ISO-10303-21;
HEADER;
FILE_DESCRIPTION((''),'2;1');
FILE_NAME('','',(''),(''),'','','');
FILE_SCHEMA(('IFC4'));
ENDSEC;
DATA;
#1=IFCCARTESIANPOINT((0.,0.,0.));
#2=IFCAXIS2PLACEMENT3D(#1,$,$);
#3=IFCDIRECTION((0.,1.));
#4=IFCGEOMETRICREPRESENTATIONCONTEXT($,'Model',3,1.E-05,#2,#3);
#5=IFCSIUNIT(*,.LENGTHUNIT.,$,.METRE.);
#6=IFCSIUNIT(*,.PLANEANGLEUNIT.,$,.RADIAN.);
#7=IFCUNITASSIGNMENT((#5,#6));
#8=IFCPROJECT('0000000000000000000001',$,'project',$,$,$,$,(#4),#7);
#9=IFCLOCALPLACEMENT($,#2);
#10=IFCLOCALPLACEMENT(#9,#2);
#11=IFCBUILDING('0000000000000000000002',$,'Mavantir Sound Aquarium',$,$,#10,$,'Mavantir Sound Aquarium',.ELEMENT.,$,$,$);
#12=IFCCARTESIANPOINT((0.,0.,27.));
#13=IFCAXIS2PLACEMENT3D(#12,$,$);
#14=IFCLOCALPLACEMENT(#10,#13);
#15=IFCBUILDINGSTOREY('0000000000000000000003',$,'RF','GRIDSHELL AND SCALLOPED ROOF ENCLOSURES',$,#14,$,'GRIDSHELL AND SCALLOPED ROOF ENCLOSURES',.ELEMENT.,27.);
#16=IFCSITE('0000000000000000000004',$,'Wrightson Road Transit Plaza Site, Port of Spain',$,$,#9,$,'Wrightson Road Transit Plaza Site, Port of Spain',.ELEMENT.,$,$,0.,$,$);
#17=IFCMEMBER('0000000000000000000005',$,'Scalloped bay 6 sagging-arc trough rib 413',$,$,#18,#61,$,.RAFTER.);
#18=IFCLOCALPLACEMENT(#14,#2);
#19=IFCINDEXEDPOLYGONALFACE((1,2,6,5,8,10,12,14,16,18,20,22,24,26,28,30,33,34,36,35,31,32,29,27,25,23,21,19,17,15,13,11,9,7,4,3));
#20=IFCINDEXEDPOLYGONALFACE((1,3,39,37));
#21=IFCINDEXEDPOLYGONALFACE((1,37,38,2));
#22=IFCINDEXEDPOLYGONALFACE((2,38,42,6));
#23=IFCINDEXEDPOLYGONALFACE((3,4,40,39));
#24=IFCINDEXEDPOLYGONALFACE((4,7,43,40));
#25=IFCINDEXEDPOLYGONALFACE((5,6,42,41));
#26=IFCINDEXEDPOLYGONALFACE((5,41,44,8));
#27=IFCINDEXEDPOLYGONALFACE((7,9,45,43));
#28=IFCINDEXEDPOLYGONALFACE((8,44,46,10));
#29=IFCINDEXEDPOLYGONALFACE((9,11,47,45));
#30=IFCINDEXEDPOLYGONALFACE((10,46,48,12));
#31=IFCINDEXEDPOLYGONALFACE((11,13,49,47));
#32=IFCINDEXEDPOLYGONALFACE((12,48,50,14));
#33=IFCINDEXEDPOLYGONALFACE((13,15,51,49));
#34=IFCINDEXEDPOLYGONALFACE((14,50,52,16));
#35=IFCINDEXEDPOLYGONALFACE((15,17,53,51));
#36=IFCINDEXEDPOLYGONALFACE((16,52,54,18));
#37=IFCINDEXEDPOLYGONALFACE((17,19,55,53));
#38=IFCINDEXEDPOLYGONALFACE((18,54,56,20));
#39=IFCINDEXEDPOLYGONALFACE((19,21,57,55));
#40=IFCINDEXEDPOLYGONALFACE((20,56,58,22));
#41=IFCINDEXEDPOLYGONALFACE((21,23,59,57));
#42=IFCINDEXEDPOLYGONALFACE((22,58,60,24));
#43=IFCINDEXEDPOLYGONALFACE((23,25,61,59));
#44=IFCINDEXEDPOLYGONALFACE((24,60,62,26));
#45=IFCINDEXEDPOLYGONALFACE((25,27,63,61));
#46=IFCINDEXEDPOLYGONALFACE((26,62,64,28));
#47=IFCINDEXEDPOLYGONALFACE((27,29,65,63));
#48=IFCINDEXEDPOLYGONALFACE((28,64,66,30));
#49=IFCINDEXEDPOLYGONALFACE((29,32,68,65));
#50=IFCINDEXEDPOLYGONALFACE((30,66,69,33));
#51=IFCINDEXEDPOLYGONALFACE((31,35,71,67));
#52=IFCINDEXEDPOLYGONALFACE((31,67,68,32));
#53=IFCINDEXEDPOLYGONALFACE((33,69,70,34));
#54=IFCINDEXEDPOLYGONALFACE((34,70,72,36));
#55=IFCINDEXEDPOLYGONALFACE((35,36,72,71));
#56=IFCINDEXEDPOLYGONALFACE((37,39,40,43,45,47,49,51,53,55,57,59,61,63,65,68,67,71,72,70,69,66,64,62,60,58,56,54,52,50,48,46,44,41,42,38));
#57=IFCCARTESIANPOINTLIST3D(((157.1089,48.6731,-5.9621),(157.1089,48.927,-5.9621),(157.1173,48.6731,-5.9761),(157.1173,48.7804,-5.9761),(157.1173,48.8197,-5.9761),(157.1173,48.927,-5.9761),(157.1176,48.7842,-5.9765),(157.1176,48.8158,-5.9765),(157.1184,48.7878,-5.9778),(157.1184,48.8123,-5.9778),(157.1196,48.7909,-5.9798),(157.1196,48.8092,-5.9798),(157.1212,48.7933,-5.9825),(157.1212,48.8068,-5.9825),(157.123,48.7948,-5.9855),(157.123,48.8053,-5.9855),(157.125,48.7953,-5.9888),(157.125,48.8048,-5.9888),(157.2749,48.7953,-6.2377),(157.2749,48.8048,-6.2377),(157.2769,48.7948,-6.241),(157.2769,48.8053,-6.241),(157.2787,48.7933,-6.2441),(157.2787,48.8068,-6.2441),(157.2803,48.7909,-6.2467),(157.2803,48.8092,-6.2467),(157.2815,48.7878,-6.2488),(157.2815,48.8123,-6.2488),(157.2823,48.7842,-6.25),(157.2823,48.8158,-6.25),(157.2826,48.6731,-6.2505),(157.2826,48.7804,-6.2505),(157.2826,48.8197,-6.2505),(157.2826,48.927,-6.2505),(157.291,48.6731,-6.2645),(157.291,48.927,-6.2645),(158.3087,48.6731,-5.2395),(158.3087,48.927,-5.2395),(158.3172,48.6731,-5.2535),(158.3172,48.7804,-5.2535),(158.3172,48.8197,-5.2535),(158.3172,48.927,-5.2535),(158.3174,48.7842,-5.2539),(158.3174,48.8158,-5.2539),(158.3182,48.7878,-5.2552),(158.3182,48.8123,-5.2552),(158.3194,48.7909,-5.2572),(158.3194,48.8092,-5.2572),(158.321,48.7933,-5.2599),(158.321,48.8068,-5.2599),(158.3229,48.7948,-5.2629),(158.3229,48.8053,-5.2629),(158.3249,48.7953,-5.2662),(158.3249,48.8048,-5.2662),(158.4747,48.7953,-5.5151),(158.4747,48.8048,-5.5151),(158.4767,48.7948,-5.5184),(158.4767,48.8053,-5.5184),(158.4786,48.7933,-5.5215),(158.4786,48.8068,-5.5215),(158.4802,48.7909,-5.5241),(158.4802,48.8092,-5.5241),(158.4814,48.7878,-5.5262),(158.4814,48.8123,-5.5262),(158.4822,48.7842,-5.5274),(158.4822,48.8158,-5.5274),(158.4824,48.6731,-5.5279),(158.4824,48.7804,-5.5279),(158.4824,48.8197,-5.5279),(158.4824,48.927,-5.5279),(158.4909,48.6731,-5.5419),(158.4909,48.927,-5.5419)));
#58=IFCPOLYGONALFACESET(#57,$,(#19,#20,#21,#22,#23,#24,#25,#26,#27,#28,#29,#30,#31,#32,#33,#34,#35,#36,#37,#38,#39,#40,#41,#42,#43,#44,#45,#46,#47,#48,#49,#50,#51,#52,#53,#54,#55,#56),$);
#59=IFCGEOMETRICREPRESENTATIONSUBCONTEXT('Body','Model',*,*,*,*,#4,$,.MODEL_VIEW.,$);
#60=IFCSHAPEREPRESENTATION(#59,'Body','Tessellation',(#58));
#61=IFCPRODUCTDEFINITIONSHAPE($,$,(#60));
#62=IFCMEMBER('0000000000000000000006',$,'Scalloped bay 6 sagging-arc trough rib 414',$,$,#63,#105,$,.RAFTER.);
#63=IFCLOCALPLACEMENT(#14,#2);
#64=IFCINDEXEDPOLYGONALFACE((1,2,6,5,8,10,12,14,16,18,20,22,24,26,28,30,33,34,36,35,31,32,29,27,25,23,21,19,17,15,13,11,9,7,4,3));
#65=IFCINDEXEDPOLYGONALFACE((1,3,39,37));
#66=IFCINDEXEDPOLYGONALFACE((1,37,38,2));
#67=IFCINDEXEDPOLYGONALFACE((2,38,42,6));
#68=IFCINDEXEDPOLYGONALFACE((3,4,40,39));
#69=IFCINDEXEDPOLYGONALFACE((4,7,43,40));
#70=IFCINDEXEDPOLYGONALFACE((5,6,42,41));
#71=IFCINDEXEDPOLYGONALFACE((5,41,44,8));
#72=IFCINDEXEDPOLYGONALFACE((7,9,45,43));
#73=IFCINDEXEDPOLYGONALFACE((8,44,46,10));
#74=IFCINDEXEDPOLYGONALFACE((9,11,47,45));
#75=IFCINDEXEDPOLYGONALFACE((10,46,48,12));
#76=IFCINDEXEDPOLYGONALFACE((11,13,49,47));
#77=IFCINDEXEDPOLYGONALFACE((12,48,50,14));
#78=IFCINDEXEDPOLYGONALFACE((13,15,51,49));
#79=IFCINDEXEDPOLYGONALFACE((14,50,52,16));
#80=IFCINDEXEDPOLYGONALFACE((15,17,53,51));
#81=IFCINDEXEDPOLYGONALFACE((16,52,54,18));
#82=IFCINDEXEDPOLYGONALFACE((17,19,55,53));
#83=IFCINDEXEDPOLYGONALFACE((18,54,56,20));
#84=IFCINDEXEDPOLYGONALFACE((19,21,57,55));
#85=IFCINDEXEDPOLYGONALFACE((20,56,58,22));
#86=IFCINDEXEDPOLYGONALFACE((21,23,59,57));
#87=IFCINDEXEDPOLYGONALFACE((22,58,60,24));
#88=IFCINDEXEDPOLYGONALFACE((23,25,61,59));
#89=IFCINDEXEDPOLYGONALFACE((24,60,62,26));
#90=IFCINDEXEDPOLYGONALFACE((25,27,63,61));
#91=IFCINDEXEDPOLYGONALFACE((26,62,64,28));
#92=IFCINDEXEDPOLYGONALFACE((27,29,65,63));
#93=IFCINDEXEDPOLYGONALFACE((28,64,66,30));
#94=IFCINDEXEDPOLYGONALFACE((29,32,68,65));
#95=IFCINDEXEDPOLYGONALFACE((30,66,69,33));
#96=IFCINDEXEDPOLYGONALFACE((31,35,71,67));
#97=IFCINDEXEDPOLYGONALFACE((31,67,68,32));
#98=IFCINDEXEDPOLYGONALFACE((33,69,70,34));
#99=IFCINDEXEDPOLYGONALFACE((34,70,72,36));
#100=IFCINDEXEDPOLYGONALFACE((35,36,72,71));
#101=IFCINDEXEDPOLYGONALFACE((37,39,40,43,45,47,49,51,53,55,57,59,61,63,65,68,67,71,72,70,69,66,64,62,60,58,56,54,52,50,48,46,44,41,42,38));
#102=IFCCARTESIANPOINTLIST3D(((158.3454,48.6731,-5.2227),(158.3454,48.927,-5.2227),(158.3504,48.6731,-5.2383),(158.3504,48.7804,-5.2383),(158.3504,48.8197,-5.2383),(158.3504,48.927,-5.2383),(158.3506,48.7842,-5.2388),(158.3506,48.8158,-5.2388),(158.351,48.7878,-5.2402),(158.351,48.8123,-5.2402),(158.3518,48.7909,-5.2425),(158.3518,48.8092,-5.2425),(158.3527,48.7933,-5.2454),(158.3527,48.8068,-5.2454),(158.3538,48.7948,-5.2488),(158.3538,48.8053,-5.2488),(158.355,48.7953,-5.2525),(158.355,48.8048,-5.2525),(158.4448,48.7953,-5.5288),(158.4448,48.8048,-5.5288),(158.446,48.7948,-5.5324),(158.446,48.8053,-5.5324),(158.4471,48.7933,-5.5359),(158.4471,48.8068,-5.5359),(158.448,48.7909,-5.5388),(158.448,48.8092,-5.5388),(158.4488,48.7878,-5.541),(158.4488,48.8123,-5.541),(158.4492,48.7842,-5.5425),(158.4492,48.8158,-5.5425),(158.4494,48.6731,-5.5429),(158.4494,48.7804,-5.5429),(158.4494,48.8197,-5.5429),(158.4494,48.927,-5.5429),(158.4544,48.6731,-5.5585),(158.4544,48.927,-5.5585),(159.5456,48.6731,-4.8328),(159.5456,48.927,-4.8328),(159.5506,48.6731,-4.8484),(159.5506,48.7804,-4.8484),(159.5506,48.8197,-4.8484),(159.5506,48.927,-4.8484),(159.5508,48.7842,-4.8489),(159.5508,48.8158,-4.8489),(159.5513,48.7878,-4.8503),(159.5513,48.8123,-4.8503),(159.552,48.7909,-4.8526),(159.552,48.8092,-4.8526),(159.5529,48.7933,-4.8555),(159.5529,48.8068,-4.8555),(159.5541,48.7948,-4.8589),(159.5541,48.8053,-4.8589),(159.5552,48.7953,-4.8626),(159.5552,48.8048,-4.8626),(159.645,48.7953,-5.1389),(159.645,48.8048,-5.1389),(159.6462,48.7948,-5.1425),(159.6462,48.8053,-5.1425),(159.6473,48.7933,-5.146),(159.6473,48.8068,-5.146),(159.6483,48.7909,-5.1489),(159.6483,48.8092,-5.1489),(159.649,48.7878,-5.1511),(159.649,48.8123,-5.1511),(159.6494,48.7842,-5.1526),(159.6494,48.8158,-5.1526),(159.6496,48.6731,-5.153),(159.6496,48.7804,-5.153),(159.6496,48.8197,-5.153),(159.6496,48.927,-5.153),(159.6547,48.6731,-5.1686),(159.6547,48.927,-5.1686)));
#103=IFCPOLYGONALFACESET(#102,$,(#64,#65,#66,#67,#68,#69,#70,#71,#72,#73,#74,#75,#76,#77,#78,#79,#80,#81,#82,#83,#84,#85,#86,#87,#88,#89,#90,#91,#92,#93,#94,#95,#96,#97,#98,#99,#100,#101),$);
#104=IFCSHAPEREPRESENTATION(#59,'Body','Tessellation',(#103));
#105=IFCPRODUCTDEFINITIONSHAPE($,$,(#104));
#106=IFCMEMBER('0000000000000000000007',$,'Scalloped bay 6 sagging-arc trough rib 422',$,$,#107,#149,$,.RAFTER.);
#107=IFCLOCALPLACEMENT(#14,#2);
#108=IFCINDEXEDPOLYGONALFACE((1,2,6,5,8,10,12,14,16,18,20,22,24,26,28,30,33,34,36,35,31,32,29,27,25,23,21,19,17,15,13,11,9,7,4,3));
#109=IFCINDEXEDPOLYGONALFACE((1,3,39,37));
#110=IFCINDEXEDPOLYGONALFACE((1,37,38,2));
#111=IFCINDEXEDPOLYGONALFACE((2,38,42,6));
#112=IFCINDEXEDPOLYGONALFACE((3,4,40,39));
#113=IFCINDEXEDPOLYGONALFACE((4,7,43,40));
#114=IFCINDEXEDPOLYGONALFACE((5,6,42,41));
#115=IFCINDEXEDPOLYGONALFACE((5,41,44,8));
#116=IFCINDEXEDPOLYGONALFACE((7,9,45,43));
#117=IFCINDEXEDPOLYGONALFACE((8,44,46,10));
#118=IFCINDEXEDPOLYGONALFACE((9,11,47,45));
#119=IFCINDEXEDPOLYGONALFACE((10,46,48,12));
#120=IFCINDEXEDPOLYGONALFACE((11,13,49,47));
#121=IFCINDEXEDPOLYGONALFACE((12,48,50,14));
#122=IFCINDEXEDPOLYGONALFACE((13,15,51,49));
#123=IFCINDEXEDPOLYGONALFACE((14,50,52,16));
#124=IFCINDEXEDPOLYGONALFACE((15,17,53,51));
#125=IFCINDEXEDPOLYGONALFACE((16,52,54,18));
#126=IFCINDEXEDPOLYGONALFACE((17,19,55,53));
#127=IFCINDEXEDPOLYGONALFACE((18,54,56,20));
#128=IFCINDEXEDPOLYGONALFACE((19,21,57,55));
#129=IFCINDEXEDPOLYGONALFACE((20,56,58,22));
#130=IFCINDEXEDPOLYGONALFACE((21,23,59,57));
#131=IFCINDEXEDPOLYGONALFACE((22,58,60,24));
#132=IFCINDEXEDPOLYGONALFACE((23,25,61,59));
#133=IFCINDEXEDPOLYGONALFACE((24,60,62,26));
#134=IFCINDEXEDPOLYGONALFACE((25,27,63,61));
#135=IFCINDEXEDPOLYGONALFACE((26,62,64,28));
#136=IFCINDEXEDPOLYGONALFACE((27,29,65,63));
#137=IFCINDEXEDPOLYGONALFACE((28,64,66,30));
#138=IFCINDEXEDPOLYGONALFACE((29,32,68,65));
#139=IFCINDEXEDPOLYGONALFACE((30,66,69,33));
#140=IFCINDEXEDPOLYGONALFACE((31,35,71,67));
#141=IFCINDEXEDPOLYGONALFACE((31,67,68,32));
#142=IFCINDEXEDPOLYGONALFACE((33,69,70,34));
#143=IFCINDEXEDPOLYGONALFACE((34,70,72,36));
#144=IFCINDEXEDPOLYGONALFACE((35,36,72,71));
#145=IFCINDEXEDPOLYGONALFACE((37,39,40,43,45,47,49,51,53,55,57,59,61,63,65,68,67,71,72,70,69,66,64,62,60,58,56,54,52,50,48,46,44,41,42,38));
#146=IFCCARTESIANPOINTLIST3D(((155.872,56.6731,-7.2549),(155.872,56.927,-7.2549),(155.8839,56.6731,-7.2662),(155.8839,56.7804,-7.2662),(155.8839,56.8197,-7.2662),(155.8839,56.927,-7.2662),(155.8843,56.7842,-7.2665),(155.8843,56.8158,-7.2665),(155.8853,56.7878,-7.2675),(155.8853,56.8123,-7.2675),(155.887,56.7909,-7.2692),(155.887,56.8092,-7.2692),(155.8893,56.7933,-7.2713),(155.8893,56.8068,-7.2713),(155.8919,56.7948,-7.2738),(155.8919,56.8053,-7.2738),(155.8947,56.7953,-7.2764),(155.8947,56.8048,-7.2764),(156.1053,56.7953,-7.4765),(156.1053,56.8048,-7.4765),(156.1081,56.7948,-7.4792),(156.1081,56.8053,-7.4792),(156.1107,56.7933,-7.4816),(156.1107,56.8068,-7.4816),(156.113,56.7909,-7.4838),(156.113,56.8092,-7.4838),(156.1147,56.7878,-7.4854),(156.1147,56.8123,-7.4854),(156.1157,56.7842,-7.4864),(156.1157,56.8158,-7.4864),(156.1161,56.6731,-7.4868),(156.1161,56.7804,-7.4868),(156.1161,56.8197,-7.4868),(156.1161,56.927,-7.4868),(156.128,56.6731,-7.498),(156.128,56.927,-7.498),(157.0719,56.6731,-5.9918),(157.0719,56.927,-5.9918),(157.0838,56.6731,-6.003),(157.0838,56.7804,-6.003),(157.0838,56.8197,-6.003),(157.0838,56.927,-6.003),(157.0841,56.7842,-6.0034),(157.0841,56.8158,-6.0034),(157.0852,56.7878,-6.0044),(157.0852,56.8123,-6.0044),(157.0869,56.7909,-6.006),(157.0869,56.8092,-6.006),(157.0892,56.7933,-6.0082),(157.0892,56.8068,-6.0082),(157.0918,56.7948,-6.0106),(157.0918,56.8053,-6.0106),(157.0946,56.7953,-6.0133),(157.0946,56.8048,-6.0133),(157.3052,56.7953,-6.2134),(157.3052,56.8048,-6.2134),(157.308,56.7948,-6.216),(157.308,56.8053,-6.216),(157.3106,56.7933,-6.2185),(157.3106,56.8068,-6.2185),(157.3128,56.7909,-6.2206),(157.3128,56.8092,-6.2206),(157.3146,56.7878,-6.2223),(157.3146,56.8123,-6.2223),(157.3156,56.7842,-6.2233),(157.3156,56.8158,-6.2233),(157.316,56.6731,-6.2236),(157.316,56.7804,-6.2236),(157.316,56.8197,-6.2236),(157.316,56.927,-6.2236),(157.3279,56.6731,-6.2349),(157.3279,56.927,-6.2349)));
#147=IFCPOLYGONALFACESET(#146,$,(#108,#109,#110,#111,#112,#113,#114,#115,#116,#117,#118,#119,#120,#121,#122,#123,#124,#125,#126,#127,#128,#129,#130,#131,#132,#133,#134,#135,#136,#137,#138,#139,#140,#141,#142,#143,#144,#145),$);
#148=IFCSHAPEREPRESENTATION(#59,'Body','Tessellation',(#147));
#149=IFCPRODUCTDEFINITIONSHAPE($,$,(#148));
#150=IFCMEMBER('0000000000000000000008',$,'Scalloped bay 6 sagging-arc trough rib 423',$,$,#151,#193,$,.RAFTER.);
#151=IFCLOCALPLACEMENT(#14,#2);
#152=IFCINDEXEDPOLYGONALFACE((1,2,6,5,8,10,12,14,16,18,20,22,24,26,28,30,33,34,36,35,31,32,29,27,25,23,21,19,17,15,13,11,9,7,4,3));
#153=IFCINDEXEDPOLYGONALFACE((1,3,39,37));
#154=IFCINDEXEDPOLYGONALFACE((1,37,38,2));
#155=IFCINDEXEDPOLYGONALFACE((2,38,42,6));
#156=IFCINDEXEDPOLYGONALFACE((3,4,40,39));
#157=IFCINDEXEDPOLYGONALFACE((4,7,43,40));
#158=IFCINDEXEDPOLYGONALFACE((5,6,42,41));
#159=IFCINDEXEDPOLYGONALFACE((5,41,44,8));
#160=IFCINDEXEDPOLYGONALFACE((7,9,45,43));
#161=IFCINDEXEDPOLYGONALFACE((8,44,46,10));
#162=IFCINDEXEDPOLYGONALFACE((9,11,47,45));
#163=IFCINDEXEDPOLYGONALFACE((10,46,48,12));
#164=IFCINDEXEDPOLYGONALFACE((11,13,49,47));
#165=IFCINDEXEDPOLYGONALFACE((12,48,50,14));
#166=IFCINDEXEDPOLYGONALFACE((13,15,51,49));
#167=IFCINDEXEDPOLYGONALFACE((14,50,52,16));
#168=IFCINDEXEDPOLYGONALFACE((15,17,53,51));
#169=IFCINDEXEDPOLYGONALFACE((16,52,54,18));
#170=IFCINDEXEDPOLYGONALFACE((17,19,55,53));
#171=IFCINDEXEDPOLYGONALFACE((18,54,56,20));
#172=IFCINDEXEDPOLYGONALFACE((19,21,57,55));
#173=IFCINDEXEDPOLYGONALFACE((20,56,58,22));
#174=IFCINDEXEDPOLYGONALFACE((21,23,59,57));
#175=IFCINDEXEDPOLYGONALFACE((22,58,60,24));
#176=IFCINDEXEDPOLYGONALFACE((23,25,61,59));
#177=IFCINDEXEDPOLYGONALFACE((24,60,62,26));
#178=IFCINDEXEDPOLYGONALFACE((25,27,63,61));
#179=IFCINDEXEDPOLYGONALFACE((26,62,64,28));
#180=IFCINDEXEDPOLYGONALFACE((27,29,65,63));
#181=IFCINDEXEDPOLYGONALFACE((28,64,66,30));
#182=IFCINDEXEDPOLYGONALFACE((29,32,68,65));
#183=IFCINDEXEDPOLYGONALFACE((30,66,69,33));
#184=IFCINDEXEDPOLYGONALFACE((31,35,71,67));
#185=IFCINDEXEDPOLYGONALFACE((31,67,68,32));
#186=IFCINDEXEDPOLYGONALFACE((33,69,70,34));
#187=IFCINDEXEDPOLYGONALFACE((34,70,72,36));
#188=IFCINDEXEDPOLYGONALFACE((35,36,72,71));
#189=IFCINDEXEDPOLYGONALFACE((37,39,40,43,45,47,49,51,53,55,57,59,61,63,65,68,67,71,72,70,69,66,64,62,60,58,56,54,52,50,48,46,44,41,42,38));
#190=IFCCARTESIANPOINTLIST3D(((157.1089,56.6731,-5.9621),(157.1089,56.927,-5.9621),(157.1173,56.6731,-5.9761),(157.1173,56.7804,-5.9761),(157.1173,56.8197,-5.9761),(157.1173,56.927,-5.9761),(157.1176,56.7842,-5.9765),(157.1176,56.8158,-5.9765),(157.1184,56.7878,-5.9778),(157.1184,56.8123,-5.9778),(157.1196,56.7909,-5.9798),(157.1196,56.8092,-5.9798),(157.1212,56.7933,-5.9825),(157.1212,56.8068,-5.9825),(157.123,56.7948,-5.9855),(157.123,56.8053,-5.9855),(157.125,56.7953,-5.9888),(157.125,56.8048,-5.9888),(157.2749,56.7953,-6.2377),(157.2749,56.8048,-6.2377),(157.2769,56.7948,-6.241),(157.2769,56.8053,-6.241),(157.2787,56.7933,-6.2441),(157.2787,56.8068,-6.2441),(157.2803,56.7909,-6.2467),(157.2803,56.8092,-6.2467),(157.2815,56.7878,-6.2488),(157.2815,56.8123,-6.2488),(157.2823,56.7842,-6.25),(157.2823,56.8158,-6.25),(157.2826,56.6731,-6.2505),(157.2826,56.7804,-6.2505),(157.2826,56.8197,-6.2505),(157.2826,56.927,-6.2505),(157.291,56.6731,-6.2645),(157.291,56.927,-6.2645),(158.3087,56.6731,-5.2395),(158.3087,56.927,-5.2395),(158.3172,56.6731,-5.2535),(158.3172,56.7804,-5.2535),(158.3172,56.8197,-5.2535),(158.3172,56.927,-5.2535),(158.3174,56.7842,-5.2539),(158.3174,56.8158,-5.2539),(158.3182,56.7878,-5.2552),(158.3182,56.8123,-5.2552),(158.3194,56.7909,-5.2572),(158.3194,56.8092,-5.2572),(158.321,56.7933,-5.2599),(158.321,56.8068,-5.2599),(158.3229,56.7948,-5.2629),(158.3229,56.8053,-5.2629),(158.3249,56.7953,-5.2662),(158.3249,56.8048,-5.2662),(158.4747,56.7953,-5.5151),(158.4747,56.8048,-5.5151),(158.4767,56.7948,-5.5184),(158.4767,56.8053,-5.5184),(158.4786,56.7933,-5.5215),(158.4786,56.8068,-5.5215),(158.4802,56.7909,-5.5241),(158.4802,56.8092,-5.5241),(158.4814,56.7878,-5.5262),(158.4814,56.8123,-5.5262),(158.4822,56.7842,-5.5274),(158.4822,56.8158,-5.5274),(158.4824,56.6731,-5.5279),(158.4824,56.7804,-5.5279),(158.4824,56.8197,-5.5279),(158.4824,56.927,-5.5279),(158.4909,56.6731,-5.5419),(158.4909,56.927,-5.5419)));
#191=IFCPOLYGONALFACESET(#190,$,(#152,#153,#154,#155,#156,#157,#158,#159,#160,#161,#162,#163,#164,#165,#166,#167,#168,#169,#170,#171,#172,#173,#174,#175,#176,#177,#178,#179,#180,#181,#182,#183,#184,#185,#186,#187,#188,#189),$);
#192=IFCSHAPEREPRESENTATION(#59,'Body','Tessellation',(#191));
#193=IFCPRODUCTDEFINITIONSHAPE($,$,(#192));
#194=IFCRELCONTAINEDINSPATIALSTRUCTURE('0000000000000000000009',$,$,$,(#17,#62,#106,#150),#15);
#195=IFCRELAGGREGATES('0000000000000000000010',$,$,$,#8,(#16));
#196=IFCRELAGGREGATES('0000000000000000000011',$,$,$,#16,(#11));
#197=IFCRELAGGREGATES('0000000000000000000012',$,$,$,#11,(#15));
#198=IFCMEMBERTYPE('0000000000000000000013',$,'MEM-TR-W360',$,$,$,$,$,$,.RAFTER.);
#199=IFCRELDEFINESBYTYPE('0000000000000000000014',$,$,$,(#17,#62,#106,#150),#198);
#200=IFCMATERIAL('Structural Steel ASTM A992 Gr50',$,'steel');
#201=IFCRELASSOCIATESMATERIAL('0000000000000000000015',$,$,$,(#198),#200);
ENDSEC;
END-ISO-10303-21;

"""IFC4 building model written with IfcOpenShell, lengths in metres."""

from ifc_helpers import new_model, si_unit, direction, frame, origin, origin_2d, place, context, subcontext, project, spatial, i_section, extrude, material, material_profile, profile_set, type_object, element, save


model = new_model("IFC4")

# Units and contexts
model_context = context("Model", 3, precision=1e-05, world=origin(), true_north=direction((0.0, 1.0)))
body_context = subcontext(model_context, "Body", "Model", "MODEL_VIEW")
ifc_project = project(units=[si_unit("LENGTHUNIT", "METRE"), si_unit("PLANEANGLEUNIT", "RADIAN")], contexts=[model_context])

# Site, building, storey
site_placement = place(None, origin())
site = spatial("IfcSite", under=ifc_project, at=site_placement, Name="Wrightson Road Transit Plaza Site, Port of Spain", LongName="Wrightson Road Transit Plaza Site, Port of Spain", CompositionType="ELEMENT", RefElevation=0.0)
building_placement = place(site_placement, origin())
building = spatial("IfcBuilding", under=site, at=building_placement, Name="Mavantir Sound Aquarium", LongName="Mavantir Sound Aquarium", CompositionType="ELEMENT")
storey_placement = place(building_placement, frame((0.0, 0.0, 27.0)))
storey = spatial("IfcBuildingStorey", under=building, at=storey_placement, Name="RF", Description="GRIDSHELL AND SCALLOPED ROOF ENCLOSURES", LongName="GRIDSHELL AND SCALLOPED ROOF ENCLOSURES", CompositionType="ELEMENT", Elevation=27.0)

# Shared definitions
ifc_material_1 = material(Name="Structural Steel ASTM A992 Gr50", Category="steel")

# Members
ifc_material_profile_1 = material_profile(ifc_material_1, i_section(OverallWidth=0.2539, OverallDepth=0.353, WebThickness=0.0095, FlangeThickness=0.0164, FilletRadius=0.0149, at=origin_2d()), Name="W360X91")
ifc_profile_set_1 = profile_set([ifc_material_profile_1], Name="Structural Steel ASTM A992 Gr50")
member_type_1 = type_object("IfcMemberType", Name="MEM-TR-W360", PredefinedType="RAFTER", material=ifc_profile_set_1)
member_1_placement = place(storey_placement, frame((157.2, 48.8, -6.1133), z_axis=(0.856646, 0.0, 0.515905), x_axis=(0.0, 1.0, 0.0)))
element("IfcMember", 1, at=member_1_placement, inside=storey, type_object=member_type_1, Name="Scalloped bay 6 sagging-arc trough rib 413", PredefinedType="RAFTER", context=body_context, shape_type="SweptSolid", body=[
    extrude(i_section(OverallWidth=0.2539, OverallDepth=0.353, WebThickness=0.0095, FlangeThickness=0.0164, FilletRadius=0.0149, at=origin_2d()), origin(), (0.0, 0.0, 1.0), 1.4006),
])
member_2_placement = place(storey_placement, frame((158.3999, 48.8, -5.3906), z_axis=(0.951074, 0.0, 0.308964), x_axis=(0.0, 1.0, 0.0)))
element("IfcMember", 2, at=member_2_placement, inside=storey, type_object=member_type_1, Name="Scalloped bay 6 sagging-arc trough rib 414", PredefinedType="RAFTER", context=body_context, shape_type="SweptSolid", body=[
    extrude(i_section(OverallWidth=0.2539, OverallDepth=0.353, WebThickness=0.0095, FlangeThickness=0.0164, FilletRadius=0.0149, at=origin_2d()), origin(), (0.0, 0.0, 1.0), 1.262),
])
member_3_placement = place(storey_placement, frame((156.0, 56.8, -7.3765), z_axis=(0.688727, 0.0, 0.72502), x_axis=(0.0, 1.0, 0.0)))
element("IfcMember", 3, at=member_3_placement, inside=storey, type_object=member_type_1, Name="Scalloped bay 6 sagging-arc trough rib 422", PredefinedType="RAFTER", context=body_context, shape_type="SweptSolid", body=[
    extrude(i_section(OverallWidth=0.2539, OverallDepth=0.353, WebThickness=0.0095, FlangeThickness=0.0164, FilletRadius=0.0149, at=origin_2d()), origin(), (0.0, 0.0, 1.0), 1.7422),
])
member_4_placement = place(storey_placement, frame((157.2, 56.8, -6.1133), z_axis=(0.856646, 0.0, 0.515905), x_axis=(0.0, 1.0, 0.0)))
element("IfcMember", 4, at=member_4_placement, inside=storey, type_object=member_type_1, Name="Scalloped bay 6 sagging-arc trough rib 423", PredefinedType="RAFTER", context=body_context, shape_type="SweptSolid", body=[
    extrude(i_section(OverallWidth=0.2539, OverallDepth=0.353, WebThickness=0.0095, FlangeThickness=0.0164, FilletRadius=0.0149, at=origin_2d()), origin(), (0.0, 0.0, 1.0), 1.4006),
])

save(model, "model.ifc")
